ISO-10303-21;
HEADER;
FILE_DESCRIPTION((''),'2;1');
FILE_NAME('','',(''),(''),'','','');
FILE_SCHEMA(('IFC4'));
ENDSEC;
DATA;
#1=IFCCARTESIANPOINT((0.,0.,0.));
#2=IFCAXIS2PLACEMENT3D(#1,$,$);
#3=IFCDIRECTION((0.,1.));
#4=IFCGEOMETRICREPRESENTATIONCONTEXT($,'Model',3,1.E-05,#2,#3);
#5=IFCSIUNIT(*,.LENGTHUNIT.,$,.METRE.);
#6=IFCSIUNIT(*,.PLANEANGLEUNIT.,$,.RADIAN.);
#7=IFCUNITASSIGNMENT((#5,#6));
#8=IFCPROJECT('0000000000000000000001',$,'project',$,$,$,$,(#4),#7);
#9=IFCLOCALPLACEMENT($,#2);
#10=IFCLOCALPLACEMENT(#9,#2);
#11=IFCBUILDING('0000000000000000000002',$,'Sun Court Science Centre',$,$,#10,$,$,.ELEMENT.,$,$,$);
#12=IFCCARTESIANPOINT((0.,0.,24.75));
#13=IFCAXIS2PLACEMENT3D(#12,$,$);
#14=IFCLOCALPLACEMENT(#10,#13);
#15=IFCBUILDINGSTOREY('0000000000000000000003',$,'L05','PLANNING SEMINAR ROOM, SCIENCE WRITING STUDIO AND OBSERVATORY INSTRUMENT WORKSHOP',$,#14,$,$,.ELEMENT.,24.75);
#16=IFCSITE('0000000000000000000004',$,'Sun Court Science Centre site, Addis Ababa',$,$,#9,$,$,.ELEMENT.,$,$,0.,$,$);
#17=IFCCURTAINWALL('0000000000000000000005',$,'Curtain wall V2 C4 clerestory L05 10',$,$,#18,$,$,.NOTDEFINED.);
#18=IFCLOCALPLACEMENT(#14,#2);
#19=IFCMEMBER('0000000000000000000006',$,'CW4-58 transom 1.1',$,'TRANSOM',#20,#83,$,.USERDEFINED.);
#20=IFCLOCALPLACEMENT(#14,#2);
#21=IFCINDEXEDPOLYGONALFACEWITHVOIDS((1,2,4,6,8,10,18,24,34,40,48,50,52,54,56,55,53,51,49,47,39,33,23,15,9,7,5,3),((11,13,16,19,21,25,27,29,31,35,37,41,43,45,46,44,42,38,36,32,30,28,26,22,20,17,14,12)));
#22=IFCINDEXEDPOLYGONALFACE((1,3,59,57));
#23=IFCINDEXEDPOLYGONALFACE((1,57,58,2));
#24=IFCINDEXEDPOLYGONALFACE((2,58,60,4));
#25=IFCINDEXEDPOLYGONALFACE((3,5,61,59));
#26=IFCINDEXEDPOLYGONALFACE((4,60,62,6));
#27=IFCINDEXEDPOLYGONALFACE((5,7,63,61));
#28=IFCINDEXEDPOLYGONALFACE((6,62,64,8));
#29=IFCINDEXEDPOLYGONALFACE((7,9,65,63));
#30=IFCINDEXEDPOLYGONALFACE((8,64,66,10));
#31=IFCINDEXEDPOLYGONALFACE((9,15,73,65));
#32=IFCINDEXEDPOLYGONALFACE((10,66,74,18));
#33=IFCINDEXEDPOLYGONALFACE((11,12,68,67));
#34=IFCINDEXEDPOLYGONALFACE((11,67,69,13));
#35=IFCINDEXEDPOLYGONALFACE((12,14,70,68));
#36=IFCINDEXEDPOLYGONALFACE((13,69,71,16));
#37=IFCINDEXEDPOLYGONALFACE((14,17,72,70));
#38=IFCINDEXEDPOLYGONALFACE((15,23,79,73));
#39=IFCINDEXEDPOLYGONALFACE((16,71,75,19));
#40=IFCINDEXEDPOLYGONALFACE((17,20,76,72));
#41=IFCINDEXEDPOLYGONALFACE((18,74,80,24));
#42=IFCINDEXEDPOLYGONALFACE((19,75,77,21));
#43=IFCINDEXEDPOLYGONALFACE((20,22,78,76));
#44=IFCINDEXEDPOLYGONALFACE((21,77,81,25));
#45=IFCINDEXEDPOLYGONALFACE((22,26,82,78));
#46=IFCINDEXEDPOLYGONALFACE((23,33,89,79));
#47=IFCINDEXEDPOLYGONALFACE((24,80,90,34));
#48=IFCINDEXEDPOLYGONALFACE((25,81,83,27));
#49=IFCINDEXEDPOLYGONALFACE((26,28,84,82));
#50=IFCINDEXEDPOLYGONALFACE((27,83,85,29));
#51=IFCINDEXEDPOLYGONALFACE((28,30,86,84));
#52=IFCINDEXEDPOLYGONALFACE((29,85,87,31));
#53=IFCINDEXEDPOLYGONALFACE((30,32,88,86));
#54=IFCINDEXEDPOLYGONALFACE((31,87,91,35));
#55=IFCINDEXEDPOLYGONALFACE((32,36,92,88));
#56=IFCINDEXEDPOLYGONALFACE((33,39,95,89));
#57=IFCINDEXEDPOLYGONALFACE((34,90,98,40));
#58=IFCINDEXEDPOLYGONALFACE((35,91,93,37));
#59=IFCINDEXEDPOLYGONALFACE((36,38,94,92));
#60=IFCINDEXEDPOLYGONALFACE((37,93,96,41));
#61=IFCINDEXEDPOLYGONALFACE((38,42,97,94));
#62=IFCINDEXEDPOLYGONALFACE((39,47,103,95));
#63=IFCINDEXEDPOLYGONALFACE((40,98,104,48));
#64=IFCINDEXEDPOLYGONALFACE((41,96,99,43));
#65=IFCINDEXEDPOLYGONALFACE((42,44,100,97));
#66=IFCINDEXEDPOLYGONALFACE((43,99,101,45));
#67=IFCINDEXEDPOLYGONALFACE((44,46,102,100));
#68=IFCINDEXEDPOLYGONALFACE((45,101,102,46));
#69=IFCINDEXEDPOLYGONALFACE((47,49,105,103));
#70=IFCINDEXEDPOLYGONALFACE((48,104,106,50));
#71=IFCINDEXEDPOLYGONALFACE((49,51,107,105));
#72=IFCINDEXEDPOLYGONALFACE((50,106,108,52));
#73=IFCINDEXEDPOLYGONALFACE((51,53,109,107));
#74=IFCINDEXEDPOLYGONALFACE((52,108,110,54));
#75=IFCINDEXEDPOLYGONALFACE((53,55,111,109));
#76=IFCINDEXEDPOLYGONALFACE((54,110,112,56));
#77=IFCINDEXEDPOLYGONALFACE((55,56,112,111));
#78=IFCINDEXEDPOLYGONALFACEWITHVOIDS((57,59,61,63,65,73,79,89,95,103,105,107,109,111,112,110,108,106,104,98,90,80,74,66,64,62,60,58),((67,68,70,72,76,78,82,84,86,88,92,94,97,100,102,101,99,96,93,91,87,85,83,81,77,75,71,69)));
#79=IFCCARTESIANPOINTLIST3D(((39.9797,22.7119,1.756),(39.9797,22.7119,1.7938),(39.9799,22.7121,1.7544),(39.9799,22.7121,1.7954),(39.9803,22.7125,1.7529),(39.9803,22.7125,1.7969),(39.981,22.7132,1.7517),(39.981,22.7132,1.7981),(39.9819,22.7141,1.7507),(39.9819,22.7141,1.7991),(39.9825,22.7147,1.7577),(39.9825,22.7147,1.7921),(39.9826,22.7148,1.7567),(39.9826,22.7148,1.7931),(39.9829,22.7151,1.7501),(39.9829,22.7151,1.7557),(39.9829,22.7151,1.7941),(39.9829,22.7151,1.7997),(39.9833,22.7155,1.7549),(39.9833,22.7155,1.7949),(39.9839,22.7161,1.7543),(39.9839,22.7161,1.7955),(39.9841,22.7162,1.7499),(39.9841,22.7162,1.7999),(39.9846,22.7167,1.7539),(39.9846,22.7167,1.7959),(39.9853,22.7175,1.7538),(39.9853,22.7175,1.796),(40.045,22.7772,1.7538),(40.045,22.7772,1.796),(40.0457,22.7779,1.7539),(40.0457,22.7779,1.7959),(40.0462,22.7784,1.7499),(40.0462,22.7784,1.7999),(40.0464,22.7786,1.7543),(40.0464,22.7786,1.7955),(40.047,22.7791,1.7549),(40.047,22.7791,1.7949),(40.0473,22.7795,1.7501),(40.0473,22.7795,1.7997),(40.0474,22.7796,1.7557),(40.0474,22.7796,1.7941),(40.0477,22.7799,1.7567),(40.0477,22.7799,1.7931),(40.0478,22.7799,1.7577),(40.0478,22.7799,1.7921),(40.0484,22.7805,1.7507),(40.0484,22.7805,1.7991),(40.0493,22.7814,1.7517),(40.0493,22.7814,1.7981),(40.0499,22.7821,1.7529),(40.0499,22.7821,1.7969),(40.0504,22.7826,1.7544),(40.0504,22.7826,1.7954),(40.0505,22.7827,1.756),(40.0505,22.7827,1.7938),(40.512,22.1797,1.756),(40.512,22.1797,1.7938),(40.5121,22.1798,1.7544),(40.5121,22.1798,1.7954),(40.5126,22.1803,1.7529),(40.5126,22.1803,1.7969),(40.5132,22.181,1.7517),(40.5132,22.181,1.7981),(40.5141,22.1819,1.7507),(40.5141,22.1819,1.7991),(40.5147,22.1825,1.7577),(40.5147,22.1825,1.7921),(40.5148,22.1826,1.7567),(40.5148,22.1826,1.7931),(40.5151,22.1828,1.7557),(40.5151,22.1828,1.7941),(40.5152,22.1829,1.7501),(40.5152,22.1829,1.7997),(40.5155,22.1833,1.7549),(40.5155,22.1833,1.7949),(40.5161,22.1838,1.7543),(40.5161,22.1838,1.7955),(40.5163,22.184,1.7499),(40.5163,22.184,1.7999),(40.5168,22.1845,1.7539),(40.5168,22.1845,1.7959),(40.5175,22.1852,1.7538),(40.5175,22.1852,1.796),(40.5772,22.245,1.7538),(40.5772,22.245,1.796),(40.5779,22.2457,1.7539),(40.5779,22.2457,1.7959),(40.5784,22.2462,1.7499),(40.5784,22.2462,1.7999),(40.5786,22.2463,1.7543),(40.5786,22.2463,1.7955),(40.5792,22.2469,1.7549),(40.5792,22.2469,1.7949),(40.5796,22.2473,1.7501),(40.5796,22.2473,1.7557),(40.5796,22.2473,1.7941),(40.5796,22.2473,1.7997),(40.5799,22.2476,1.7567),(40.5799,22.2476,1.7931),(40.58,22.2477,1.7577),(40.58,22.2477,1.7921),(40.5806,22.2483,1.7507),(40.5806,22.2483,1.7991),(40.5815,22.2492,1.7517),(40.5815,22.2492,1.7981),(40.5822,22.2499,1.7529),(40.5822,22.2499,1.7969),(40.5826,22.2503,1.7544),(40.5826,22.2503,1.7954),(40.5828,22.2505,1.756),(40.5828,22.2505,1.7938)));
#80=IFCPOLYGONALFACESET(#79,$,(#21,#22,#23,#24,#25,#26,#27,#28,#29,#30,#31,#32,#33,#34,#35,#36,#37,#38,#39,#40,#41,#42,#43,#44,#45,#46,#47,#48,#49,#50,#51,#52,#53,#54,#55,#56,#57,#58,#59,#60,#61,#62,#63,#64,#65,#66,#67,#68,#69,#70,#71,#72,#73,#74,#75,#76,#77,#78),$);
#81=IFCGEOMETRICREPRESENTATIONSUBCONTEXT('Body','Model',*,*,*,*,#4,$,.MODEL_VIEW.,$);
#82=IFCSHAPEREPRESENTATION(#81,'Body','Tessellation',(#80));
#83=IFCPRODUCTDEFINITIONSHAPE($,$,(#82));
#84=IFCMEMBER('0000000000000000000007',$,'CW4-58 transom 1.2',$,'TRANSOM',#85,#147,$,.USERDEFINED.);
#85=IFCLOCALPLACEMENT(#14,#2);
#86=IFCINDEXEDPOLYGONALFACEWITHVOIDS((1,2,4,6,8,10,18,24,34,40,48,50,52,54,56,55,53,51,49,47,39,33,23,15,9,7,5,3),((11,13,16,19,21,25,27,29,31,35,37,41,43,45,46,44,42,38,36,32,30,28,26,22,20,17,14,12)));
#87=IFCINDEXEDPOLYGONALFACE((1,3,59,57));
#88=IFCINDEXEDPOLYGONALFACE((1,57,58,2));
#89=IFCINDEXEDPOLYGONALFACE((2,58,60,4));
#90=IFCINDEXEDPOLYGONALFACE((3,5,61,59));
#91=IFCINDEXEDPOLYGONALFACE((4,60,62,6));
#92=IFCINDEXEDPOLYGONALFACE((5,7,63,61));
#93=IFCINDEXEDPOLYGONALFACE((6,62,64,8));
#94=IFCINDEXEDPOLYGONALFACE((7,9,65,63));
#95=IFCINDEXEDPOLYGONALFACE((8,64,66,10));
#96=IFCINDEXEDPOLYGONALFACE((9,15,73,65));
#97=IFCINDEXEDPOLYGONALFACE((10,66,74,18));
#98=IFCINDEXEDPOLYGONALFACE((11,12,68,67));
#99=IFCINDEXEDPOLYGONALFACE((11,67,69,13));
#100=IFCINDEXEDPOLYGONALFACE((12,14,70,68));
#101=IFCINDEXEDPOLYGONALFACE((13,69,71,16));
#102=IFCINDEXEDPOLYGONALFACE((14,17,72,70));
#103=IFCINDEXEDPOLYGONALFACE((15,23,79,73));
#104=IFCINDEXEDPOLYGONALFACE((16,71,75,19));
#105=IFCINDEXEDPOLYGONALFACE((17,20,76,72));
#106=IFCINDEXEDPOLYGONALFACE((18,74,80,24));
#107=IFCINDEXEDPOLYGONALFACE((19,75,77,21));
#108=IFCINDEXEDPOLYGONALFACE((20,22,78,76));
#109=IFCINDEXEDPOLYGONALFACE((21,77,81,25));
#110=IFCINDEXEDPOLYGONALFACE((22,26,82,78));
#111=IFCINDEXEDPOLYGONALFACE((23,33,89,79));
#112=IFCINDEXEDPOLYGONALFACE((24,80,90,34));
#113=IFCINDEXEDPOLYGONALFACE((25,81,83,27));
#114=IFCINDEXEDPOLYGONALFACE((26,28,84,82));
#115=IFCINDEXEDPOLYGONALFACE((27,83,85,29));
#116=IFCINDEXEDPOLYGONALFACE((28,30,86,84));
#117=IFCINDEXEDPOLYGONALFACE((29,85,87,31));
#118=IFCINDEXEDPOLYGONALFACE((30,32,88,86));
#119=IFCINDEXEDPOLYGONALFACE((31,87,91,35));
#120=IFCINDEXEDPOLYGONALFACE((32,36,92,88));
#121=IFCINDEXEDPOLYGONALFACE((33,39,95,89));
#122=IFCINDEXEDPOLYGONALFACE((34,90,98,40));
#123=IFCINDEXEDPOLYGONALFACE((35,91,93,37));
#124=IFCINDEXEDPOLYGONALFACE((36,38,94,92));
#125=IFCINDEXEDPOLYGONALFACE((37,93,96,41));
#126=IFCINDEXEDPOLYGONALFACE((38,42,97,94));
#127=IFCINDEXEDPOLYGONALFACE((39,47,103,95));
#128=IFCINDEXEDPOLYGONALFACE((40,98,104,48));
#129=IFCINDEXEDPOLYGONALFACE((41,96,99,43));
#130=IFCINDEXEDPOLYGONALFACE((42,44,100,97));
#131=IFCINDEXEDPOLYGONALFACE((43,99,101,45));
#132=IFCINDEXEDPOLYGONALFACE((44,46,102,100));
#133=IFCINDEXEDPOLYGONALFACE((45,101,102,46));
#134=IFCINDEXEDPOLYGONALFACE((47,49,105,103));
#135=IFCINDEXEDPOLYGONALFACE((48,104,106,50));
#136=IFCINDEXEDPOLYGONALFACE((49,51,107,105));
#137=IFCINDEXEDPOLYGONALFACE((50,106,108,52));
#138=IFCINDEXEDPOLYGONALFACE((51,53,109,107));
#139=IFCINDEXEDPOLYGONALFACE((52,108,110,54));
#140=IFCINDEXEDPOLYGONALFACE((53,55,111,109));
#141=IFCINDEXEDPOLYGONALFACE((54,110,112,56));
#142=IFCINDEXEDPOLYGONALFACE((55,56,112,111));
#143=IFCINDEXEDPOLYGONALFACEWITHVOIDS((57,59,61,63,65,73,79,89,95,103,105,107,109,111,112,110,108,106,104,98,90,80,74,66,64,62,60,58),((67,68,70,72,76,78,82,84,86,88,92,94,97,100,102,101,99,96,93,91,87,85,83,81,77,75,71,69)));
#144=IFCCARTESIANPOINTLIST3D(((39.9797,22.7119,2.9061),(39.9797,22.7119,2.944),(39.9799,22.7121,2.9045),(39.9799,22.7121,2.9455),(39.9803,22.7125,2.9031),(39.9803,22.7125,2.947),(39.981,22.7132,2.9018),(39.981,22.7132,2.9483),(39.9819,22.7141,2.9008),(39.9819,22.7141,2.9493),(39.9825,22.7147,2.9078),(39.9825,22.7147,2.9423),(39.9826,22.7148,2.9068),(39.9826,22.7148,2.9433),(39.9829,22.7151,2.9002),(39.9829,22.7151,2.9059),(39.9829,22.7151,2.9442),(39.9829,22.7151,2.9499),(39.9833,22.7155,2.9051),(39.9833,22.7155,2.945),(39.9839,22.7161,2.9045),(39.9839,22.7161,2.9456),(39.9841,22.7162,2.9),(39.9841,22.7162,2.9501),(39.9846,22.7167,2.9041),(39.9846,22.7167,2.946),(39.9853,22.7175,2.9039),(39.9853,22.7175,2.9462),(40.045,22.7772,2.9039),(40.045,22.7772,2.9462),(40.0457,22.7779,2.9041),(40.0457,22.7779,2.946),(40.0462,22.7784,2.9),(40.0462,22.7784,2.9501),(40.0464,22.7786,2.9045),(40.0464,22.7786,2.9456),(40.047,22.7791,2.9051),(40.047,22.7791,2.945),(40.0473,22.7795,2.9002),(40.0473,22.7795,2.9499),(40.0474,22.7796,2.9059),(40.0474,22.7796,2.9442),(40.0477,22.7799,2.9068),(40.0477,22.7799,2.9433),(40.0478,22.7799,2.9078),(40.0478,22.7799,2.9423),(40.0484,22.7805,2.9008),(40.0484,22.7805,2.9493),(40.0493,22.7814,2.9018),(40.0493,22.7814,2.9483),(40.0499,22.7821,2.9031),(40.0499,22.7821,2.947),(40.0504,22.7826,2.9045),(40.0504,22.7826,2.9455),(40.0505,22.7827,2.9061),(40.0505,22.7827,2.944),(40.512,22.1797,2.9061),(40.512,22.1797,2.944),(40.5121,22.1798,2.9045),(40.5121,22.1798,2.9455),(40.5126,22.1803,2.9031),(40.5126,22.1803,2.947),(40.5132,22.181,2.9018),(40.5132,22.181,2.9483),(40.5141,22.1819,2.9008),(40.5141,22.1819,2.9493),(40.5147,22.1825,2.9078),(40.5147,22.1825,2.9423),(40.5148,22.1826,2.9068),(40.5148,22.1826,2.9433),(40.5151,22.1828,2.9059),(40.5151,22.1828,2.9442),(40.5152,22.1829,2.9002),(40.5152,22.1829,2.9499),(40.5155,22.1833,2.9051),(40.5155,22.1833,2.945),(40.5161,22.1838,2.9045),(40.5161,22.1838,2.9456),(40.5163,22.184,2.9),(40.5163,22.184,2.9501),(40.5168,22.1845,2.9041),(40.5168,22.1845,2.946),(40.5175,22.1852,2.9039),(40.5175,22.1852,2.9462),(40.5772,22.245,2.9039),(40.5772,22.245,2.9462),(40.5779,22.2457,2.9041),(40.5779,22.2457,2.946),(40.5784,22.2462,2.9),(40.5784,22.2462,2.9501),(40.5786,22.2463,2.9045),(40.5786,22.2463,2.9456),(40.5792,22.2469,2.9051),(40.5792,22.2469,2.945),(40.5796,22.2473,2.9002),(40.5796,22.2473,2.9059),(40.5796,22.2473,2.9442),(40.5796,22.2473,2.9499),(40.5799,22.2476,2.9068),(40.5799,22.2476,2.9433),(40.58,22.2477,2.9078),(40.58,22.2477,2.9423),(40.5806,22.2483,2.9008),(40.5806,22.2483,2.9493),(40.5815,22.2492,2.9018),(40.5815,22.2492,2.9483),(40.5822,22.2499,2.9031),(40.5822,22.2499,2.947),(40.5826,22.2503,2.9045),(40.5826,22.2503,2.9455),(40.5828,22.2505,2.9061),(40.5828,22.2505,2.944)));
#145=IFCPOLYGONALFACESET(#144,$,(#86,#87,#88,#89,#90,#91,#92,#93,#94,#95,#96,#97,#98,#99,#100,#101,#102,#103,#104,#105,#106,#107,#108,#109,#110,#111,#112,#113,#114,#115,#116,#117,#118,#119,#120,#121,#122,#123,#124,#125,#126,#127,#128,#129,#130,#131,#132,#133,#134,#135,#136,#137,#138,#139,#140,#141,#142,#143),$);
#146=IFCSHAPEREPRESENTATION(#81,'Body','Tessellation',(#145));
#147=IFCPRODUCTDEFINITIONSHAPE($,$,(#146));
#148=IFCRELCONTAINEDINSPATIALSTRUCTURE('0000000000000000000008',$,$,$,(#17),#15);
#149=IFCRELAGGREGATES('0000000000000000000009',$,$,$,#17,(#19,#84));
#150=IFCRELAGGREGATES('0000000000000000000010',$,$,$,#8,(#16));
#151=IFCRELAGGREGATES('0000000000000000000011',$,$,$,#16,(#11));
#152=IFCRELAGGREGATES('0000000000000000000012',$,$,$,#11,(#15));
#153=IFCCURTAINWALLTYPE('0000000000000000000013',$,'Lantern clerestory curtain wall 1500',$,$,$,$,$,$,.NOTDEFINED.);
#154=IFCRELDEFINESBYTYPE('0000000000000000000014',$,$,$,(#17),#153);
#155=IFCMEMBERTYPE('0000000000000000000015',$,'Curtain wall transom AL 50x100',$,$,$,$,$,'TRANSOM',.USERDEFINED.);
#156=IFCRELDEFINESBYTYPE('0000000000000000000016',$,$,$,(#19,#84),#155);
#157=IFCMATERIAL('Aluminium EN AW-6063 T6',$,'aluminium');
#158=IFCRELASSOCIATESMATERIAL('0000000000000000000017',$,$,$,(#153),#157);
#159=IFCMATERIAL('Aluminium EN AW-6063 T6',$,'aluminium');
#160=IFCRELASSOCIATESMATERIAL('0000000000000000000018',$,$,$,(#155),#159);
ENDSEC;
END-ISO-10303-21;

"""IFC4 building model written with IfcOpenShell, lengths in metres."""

from ifc_helpers import new_model, si_unit, direction, frame, origin, origin_2d, place, context, subcontext, project, spatial, hollow_rectangle, extrude, material, material_profile, profile_set, type_object, element, aggregate, save


model = new_model("IFC4")

# Units and contexts
model_context = context("Model", 3, precision=1e-05, world=origin(), true_north=direction((0.0, 1.0)))
body_context = subcontext(model_context, "Body", "Model", "MODEL_VIEW")
ifc_project = project(units=[si_unit("LENGTHUNIT", "METRE"), si_unit("PLANEANGLEUNIT", "RADIAN")], contexts=[model_context])

# Site, building, storey
site_placement = place(None, origin())
site = spatial("IfcSite", under=ifc_project, at=site_placement, Name="Sun Court Science Centre site, Addis Ababa", CompositionType="ELEMENT", RefElevation=0.0)
building_placement = place(site_placement, origin())
building = spatial("IfcBuilding", under=site, at=building_placement, Name="Sun Court Science Centre", CompositionType="ELEMENT")
storey_placement = place(building_placement, frame((0.0, 0.0, 24.75)))
storey = spatial("IfcBuildingStorey", under=building, at=storey_placement, Name="L05", Description="PLANNING SEMINAR ROOM, SCIENCE WRITING STUDIO AND OBSERVATORY INSTRUMENT WORKSHOP", CompositionType="ELEMENT", Elevation=24.75)

# Shared definitions
ifc_material_1 = material(Name="Aluminium EN AW-6063 T6", Category="aluminium")
curtain_wall_type = type_object("IfcCurtainWallType", Name="Lantern clerestory curtain wall 1500", PredefinedType="NOTDEFINED", material=ifc_material_1)

# Curtain wall
curtain_wall_1_placement = place(storey_placement, origin())
curtain_wall_1 = element("IfcCurtainWall", 1, at=curtain_wall_1_placement, inside=storey, type_object=curtain_wall_type, Name="Curtain wall V2 C4 clerestory L05 10", PredefinedType="NOTDEFINED")

# Members
ifc_material_2 = material(Name="Aluminium EN AW-6063 T6", Category="aluminium")
ifc_material_profile_1 = material_profile(ifc_material_2, hollow_rectangle(XDim=0.05, YDim=0.1001, WallThickness=0.0039, InnerFilletRadius=0.0039, OuterFilletRadius=0.0061, at=origin_2d()), Name="AL 50x100x4")
ifc_profile_set_1 = profile_set([ifc_material_profile_1], Name="Aluminium EN AW-6063 T6")
member_type_1 = type_object("IfcMemberType", Name="Curtain wall transom AL 50x100", ElementType="TRANSOM", PredefinedType="USERDEFINED", material=ifc_profile_set_1)
member_1_placement = place(storey_placement, frame((40.5474, 22.2151, 1.7749), z_axis=(-0.707107, 0.707107, 0.0), x_axis=(0.0, 0.0, 1.0)))
member_1 = element("IfcMember", 2, at=member_1_placement, type_object=member_type_1, Name="CW4-58 transom 1.1", ObjectType="TRANSOM", PredefinedType="USERDEFINED", context=body_context, shape_type="SweptSolid", body=[
    extrude(hollow_rectangle(XDim=0.05, YDim=0.1001, WallThickness=0.0039, InnerFilletRadius=0.0039, OuterFilletRadius=0.0061, at=origin_2d()), origin(), (0.0, 0.0, 1.0), 0.7527),
])
member_2_placement = place(storey_placement, frame((40.5474, 22.2151, 2.925), z_axis=(-0.707107, 0.707107, 0.0), x_axis=(0.0, 0.0, 1.0)))
member_2 = element("IfcMember", 3, at=member_2_placement, type_object=member_type_1, Name="CW4-58 transom 1.2", ObjectType="TRANSOM", PredefinedType="USERDEFINED", context=body_context, shape_type="SweptSolid", body=[
    extrude(hollow_rectangle(XDim=0.05, YDim=0.1001, WallThickness=0.0039, InnerFilletRadius=0.0039, OuterFilletRadius=0.0061, at=origin_2d()), origin(), (0.0, 0.0, 1.0), 0.7527),
])

aggregate(curtain_wall_1, [member_1, member_2])

save(model, "model.ifc")
